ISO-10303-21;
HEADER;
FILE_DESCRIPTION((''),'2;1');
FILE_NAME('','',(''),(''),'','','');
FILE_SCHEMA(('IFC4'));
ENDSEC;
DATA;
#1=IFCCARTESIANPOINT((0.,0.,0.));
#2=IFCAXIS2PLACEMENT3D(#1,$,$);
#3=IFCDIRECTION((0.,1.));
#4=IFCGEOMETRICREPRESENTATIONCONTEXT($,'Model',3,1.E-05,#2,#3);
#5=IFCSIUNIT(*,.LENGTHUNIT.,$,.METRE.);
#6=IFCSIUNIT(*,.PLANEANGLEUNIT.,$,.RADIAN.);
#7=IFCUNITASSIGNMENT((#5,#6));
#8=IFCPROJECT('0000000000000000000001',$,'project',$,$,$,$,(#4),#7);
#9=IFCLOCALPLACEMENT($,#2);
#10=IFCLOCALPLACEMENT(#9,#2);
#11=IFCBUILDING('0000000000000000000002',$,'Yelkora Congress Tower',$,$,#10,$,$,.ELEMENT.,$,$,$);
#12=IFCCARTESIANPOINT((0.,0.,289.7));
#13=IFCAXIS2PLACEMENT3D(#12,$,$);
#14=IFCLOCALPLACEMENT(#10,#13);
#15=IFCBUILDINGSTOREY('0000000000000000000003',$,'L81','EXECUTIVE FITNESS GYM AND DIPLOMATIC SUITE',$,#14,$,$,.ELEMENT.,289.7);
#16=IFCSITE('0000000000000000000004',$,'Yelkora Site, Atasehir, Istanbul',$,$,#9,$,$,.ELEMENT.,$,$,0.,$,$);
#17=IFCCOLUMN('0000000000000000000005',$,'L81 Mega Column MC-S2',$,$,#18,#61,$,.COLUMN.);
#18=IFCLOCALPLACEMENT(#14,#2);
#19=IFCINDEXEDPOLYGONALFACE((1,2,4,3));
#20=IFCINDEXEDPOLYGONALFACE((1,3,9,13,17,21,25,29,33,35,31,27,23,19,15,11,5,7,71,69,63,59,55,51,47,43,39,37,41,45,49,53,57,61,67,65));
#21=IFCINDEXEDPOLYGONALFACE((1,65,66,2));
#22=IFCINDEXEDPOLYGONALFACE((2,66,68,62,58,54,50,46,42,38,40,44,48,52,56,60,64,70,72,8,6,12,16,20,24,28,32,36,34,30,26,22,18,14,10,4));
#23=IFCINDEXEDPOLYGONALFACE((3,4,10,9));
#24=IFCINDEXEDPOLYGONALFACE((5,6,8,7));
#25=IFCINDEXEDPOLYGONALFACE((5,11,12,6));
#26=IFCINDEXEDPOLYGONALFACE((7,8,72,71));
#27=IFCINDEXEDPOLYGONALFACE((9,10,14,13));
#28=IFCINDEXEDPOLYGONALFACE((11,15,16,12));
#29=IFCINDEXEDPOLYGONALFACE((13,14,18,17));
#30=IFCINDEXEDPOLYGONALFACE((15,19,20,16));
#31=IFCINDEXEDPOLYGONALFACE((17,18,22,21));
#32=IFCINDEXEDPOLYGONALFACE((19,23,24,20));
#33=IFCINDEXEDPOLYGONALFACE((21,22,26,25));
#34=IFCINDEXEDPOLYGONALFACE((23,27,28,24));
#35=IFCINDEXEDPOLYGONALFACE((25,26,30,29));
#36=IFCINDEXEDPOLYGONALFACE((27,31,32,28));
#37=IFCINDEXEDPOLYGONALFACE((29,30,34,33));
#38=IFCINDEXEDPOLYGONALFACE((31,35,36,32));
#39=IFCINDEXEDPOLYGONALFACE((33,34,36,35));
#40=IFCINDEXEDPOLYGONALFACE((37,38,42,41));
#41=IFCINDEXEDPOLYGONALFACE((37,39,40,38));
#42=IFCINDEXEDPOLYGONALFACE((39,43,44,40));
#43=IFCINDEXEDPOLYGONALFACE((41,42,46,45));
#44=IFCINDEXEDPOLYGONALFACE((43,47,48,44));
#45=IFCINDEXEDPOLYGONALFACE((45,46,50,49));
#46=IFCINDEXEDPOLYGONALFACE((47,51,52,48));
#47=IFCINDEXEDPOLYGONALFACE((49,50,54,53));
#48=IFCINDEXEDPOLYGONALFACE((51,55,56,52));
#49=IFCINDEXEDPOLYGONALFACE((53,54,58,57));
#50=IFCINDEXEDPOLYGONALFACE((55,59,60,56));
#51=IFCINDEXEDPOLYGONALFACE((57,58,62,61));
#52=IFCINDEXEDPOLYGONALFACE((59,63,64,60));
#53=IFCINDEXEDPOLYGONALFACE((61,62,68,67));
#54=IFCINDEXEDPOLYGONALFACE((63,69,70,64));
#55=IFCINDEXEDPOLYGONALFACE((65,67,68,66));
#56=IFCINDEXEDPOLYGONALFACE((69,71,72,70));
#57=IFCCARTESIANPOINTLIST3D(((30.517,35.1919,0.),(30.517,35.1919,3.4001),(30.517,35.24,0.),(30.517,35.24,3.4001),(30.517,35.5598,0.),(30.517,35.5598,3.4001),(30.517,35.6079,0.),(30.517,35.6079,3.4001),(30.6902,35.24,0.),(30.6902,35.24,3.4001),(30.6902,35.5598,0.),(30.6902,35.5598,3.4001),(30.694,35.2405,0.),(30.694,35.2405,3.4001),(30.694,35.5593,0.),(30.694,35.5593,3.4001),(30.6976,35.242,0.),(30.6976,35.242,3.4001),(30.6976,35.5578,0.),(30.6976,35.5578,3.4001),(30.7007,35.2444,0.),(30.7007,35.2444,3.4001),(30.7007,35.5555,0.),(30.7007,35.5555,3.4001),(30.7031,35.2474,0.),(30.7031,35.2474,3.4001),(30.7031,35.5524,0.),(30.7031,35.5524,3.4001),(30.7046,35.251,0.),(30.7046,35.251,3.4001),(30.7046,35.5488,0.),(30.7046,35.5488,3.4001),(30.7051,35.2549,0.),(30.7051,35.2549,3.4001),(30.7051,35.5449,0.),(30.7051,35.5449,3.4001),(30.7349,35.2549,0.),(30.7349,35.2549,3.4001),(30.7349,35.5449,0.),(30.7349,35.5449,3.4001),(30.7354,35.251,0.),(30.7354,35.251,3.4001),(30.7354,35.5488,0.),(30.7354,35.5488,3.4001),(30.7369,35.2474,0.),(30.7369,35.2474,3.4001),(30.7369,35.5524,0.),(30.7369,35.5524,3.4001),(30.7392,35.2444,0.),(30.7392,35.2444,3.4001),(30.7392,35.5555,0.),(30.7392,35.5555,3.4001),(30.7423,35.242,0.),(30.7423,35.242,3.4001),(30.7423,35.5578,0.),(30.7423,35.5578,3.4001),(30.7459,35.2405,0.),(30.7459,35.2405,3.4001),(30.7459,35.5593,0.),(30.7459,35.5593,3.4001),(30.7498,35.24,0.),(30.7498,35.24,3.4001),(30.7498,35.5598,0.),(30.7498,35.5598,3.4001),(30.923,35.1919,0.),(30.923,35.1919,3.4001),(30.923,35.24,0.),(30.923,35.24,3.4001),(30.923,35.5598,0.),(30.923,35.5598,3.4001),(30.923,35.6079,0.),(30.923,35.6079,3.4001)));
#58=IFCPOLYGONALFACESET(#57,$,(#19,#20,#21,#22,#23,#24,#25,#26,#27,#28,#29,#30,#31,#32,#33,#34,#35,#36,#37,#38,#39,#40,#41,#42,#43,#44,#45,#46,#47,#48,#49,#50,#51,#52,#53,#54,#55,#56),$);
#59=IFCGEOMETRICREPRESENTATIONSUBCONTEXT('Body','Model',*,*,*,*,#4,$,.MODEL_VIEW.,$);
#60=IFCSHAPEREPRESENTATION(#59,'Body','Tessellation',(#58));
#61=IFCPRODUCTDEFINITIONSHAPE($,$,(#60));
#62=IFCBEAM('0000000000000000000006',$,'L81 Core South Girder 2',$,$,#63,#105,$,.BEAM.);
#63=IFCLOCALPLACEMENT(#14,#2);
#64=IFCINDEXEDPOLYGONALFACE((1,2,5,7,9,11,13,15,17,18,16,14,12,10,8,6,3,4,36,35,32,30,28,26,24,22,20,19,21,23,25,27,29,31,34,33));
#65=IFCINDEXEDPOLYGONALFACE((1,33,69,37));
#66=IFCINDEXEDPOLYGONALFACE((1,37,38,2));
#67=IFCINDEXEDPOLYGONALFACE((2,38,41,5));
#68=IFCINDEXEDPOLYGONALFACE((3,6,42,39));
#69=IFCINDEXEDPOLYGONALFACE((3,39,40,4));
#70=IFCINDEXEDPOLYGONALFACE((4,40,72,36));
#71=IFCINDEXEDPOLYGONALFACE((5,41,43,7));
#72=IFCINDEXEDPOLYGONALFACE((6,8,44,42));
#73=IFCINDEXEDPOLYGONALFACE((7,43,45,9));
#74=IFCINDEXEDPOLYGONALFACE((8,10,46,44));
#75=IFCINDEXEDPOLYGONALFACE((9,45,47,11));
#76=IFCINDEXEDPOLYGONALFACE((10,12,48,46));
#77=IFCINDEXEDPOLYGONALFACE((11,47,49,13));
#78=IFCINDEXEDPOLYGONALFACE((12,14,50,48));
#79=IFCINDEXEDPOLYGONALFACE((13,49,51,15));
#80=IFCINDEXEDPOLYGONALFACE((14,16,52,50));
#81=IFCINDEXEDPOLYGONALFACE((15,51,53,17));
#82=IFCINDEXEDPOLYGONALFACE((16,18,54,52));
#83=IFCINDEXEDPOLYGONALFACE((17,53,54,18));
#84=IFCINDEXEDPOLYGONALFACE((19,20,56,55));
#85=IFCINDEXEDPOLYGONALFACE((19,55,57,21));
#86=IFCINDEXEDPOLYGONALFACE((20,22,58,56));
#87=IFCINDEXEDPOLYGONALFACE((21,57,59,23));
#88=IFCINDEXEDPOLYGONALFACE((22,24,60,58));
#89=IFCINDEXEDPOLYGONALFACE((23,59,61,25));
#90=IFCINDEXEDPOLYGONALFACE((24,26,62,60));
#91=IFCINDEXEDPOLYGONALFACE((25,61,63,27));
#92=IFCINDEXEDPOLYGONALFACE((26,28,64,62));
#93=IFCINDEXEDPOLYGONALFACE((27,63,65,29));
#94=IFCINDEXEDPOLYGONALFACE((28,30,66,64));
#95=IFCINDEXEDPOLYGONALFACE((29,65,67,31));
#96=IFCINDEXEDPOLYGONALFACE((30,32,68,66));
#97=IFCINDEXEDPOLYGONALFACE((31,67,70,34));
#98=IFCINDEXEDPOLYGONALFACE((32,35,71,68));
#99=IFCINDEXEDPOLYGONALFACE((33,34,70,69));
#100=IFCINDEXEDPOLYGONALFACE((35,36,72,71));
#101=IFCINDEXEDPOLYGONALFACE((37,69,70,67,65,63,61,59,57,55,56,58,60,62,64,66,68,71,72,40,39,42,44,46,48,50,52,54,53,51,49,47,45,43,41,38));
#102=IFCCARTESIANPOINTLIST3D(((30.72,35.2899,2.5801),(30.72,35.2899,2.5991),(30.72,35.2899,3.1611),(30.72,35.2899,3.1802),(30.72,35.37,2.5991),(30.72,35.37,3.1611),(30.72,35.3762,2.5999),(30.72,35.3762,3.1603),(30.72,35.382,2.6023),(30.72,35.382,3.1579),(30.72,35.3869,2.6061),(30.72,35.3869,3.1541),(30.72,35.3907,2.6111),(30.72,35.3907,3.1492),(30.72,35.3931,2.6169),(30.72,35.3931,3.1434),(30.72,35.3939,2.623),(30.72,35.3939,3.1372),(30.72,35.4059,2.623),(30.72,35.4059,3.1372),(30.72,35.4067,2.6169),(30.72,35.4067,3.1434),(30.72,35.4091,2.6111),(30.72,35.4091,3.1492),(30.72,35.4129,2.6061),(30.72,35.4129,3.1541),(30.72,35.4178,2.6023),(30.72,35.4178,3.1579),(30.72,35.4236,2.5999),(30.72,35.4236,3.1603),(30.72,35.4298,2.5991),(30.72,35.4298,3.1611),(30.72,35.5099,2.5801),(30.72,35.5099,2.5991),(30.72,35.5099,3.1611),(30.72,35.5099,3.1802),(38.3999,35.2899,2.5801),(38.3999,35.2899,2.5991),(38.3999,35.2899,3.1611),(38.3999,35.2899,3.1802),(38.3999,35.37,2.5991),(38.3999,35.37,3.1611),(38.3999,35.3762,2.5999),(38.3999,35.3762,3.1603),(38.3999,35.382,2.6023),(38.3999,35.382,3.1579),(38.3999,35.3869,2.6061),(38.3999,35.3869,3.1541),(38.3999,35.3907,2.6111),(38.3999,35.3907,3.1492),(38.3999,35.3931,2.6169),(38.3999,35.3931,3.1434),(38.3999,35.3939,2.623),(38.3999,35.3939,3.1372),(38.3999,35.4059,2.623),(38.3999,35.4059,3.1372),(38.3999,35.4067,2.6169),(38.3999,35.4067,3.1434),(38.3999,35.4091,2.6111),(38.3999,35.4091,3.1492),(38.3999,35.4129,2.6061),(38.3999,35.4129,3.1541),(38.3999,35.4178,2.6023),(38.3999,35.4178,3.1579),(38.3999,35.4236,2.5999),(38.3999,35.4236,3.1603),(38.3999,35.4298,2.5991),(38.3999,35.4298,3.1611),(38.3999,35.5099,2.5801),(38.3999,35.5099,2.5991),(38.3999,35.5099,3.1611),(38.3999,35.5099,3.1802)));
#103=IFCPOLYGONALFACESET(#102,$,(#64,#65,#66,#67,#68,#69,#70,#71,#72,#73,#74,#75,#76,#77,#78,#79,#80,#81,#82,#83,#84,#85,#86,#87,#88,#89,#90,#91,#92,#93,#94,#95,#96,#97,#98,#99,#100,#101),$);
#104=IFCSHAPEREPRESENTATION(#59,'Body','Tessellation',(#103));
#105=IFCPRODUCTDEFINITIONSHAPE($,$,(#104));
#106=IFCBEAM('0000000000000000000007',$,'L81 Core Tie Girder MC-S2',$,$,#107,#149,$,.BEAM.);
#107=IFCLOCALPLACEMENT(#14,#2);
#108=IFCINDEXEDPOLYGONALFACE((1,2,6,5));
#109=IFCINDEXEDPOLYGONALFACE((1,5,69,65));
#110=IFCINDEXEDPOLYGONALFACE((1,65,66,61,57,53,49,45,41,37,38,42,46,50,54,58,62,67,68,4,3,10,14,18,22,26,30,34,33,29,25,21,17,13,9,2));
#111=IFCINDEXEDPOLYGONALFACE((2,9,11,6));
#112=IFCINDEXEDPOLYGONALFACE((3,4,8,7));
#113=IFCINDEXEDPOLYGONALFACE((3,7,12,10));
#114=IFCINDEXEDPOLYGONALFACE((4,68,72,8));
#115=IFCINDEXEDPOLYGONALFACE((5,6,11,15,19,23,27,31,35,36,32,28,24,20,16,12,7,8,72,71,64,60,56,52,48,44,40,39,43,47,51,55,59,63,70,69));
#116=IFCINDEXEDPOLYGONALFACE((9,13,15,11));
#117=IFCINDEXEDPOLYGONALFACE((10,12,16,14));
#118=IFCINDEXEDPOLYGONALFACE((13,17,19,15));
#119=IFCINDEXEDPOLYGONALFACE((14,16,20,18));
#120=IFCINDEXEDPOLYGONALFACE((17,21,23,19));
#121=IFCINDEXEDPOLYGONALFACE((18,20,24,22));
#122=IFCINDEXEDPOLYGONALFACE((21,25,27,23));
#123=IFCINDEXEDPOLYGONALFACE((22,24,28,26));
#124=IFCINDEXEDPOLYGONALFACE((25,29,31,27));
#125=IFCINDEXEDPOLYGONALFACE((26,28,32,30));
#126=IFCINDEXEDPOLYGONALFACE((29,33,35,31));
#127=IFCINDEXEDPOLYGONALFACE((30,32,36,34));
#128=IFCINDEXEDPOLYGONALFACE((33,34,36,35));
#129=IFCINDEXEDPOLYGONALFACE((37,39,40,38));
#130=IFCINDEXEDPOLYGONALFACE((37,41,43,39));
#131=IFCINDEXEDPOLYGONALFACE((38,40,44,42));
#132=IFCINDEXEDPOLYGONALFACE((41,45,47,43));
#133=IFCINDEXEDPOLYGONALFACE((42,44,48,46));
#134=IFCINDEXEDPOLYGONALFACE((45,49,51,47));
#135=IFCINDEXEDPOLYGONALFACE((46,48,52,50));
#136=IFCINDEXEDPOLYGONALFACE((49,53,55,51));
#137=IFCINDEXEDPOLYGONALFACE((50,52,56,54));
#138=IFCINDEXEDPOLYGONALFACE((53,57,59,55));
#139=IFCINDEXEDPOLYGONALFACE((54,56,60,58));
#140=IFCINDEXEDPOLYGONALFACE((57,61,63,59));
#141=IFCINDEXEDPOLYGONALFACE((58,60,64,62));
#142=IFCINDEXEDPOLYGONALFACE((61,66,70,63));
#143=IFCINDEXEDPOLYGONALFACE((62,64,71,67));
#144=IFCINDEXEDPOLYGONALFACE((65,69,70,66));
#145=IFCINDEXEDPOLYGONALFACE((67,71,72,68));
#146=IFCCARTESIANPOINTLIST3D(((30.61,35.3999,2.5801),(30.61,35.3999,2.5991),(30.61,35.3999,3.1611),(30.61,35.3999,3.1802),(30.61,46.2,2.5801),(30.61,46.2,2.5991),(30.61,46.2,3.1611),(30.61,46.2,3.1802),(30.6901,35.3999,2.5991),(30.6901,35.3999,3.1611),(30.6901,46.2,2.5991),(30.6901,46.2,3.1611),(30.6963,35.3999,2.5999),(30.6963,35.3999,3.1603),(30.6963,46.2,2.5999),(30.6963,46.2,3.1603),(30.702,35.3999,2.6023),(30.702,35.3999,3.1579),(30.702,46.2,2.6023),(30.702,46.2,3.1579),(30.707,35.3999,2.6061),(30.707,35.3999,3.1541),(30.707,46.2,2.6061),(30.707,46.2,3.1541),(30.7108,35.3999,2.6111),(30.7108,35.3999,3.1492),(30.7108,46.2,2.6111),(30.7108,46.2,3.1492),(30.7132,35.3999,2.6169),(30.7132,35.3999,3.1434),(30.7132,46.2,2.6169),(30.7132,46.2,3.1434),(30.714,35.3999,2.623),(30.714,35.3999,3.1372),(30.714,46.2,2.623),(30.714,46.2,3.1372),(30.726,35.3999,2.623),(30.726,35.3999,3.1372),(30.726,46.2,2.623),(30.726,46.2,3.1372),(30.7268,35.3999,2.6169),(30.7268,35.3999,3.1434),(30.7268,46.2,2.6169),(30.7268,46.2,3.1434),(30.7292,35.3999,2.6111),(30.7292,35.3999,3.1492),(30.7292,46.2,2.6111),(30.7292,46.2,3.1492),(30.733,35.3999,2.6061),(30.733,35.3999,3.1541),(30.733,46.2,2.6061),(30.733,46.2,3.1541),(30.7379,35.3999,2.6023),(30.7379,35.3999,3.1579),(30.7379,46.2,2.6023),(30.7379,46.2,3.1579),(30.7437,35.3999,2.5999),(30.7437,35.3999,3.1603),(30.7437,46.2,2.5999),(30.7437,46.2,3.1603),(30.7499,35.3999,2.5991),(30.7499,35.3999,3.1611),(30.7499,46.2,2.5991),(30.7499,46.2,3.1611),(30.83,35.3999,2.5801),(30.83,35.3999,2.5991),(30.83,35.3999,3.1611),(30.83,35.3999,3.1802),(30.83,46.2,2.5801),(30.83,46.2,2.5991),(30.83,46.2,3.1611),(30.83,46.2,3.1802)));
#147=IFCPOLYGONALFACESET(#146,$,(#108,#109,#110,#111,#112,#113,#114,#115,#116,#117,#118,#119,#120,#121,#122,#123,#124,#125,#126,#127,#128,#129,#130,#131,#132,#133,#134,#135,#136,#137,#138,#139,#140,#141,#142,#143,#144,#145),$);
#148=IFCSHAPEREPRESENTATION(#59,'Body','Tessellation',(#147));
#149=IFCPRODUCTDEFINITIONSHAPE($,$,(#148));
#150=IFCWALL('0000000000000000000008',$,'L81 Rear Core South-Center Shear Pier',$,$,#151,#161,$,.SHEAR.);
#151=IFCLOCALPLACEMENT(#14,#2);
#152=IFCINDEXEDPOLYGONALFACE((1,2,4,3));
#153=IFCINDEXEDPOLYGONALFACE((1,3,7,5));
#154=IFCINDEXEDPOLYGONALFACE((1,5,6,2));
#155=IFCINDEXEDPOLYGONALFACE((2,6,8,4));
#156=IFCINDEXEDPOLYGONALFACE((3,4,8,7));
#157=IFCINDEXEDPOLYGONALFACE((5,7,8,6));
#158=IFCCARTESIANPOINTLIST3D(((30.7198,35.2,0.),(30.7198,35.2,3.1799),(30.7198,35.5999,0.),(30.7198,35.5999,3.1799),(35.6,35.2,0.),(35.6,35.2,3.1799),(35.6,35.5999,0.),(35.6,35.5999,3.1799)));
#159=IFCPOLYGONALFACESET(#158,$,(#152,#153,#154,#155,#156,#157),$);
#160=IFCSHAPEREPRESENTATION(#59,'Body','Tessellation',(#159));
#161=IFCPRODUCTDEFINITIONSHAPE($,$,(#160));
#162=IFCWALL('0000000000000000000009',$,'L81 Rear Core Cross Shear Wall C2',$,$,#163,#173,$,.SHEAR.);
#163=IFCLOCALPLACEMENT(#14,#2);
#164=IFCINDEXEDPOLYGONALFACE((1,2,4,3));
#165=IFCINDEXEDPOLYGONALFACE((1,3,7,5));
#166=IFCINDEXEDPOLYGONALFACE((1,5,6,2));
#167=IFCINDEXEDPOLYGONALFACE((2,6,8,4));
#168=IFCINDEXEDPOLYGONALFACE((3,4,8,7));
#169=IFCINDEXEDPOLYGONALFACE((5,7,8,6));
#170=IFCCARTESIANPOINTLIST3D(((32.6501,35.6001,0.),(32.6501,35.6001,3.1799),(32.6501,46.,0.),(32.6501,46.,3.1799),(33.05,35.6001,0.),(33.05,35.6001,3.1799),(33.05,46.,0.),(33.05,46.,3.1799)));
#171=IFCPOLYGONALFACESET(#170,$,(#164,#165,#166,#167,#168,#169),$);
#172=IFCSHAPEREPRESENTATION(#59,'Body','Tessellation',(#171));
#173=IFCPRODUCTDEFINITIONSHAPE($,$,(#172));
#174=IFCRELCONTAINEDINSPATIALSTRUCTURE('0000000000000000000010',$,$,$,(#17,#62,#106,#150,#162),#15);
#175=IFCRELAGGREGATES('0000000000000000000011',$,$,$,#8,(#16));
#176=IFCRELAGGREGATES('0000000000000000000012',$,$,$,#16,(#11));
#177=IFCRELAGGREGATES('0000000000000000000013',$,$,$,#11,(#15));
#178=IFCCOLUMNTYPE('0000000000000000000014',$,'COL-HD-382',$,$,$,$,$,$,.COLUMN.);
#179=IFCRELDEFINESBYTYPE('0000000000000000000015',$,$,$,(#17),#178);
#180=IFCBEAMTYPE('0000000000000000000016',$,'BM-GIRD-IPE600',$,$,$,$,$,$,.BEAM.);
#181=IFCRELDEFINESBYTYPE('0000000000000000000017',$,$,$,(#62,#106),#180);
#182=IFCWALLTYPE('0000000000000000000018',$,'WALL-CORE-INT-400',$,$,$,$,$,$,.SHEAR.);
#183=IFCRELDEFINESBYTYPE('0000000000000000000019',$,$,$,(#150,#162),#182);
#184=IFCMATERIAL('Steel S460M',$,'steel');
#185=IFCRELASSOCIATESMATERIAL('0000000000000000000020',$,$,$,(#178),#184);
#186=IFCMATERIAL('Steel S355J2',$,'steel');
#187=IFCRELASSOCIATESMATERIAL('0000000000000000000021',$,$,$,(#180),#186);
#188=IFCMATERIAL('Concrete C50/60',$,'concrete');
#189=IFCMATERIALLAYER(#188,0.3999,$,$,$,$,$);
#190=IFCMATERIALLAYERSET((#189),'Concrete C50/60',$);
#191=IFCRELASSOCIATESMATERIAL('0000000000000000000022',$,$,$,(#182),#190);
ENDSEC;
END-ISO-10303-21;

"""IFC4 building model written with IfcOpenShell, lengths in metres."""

from ifc_helpers import new_model, si_unit, direction, frame, frame_2d, origin, origin_2d, place, context, subcontext, project, spatial, rectangle, i_section, extrude, material, layer, layer_set, material_profile, profile_set, type_object, element, save


model = new_model("IFC4")

# Units and contexts
model_context = context("Model", 3, precision=1e-05, world=origin(), true_north=direction((0.0, 1.0)))
body_context = subcontext(model_context, "Body", "Model", "MODEL_VIEW")
ifc_project = project(units=[si_unit("LENGTHUNIT", "METRE"), si_unit("PLANEANGLEUNIT", "RADIAN")], contexts=[model_context])

# Site, building, storey
site_placement = place(None, origin())
site = spatial("IfcSite", under=ifc_project, at=site_placement, Name="Yelkora Site, Atasehir, Istanbul", CompositionType="ELEMENT", RefElevation=0.0)
building_placement = place(site_placement, origin())
building = spatial("IfcBuilding", under=site, at=building_placement, Name="Yelkora Congress Tower", CompositionType="ELEMENT")
storey_placement = place(building_placement, frame((0.0, 0.0, 289.7)))
storey = spatial("IfcBuildingStorey", under=building, at=storey_placement, Name="L81", Description="EXECUTIVE FITNESS GYM AND DIPLOMATIC SUITE", CompositionType="ELEMENT", Elevation=289.7)

# Column
ifc_material_1 = material(Name="Steel S460M", Category="steel")
ifc_material_profile_1 = material_profile(ifc_material_1, i_section(OverallWidth=0.406, OverallDepth=0.416, WebThickness=0.0298, FlangeThickness=0.0481, FilletRadius=0.0149, at=origin_2d()), Name="HD 400x382")
ifc_profile_set_1 = profile_set([ifc_material_profile_1], Name="Steel S460M")
column_type = type_object("IfcColumnType", Name="COL-HD-382", PredefinedType="COLUMN", material=ifc_profile_set_1)
column_placement = place(storey_placement, frame((30.72, 35.3999, 0.0), z_axis=(0.0, 0.0, 1.0), x_axis=(1.0, 0.0, 0.0)))
element("IfcColumn", 1, at=column_placement, inside=storey, type_object=column_type, Name="L81 Mega Column MC-S2", PredefinedType="COLUMN", context=body_context, shape_type="SweptSolid", body=[
    extrude(i_section(OverallWidth=0.406, OverallDepth=0.416, WebThickness=0.0298, FlangeThickness=0.0481, FilletRadius=0.0149, at=origin_2d()), origin(), (0.0, 0.0, 1.0), 3.4001),
])

# Beams
ifc_material_2 = material(Name="Steel S355J2", Category="steel")
ifc_material_profile_2 = material_profile(ifc_material_2, i_section(OverallWidth=0.22, OverallDepth=0.6001, WebThickness=0.012, FlangeThickness=0.019, FilletRadius=0.0239, at=origin_2d()), Name="IPE 600")
ifc_profile_set_2 = profile_set([ifc_material_profile_2], Name="Steel S355J2")
beam_type = type_object("IfcBeamType", Name="BM-GIRD-IPE600", PredefinedType="BEAM", material=ifc_profile_set_2)
beam_1_placement = place(storey_placement, frame((30.72, 35.3999, 2.8801), z_axis=(1.0, 0.0, 0.0), x_axis=(0.0, 1.0, 0.0)))
element("IfcBeam", 2, at=beam_1_placement, inside=storey, type_object=beam_type, Name="L81 Core South Girder 2", PredefinedType="BEAM", context=body_context, shape_type="SweptSolid", body=[
    extrude(i_section(OverallWidth=0.22, OverallDepth=0.6001, WebThickness=0.012, FlangeThickness=0.019, FilletRadius=0.0239, at=origin_2d()), origin(), (0.0, 0.0, 1.0), 7.6799),
])
beam_2_placement = place(storey_placement, frame((30.72, 35.3999, 2.8801), z_axis=(0.0, 1.0, 0.0), x_axis=(-1.0, 0.0, 0.0)))
element("IfcBeam", 3, at=beam_2_placement, inside=storey, type_object=beam_type, Name="L81 Core Tie Girder MC-S2", PredefinedType="BEAM", context=body_context, shape_type="SweptSolid", body=[
    extrude(i_section(OverallWidth=0.22, OverallDepth=0.6001, WebThickness=0.012, FlangeThickness=0.019, FilletRadius=0.0239, at=origin_2d()), origin(), (0.0, 0.0, 1.0), 10.8),
])

# Wall
ifc_material_3 = material(Name="Concrete C50/60", Category="concrete")
ifc_layer_1 = layer(ifc_material_3, 0.3999)
ifc_layer_set_1 = layer_set([ifc_layer_1], Name="Concrete C50/60")
wall_type_1 = type_object("IfcWallType", Name="WALL-CORE-INT-400", PredefinedType="SHEAR", material=ifc_layer_set_1)
wall_1_placement = place(storey_placement, frame((30.72, 35.3999, 0.0), z_axis=(0.0, 0.0, 1.0), x_axis=(1.0, 0.0, 0.0)))
element("IfcWall", 4, at=wall_1_placement, inside=storey, type_object=wall_type_1, Name="L81 Rear Core South-Center Shear Pier", PredefinedType="SHEAR", context=body_context, shape_type="SweptSolid", body=[
    extrude(rectangle(XDim=4.8801, YDim=0.3999, at=frame_2d((2.4399, 0.0))), origin(), (0.0, 0.0, 1.0), 3.1799),
])

# Wall
wall_2_placement = place(storey_placement, frame((32.8501, 35.6001, 0.0), z_axis=(0.0, 0.0, 1.0), x_axis=(0.0, 1.0, 0.0)))
element("IfcWall", 5, at=wall_2_placement, inside=storey, type_object=wall_type_1, Name="L81 Rear Core Cross Shear Wall C2", PredefinedType="SHEAR", context=body_context, shape_type="SweptSolid", body=[
    extrude(rectangle(XDim=10.3999, YDim=0.3999, at=frame_2d((5.2, 0.0))), origin(), (0.0, 0.0, 1.0), 3.1799),
])

save(model, "model.ifc")
